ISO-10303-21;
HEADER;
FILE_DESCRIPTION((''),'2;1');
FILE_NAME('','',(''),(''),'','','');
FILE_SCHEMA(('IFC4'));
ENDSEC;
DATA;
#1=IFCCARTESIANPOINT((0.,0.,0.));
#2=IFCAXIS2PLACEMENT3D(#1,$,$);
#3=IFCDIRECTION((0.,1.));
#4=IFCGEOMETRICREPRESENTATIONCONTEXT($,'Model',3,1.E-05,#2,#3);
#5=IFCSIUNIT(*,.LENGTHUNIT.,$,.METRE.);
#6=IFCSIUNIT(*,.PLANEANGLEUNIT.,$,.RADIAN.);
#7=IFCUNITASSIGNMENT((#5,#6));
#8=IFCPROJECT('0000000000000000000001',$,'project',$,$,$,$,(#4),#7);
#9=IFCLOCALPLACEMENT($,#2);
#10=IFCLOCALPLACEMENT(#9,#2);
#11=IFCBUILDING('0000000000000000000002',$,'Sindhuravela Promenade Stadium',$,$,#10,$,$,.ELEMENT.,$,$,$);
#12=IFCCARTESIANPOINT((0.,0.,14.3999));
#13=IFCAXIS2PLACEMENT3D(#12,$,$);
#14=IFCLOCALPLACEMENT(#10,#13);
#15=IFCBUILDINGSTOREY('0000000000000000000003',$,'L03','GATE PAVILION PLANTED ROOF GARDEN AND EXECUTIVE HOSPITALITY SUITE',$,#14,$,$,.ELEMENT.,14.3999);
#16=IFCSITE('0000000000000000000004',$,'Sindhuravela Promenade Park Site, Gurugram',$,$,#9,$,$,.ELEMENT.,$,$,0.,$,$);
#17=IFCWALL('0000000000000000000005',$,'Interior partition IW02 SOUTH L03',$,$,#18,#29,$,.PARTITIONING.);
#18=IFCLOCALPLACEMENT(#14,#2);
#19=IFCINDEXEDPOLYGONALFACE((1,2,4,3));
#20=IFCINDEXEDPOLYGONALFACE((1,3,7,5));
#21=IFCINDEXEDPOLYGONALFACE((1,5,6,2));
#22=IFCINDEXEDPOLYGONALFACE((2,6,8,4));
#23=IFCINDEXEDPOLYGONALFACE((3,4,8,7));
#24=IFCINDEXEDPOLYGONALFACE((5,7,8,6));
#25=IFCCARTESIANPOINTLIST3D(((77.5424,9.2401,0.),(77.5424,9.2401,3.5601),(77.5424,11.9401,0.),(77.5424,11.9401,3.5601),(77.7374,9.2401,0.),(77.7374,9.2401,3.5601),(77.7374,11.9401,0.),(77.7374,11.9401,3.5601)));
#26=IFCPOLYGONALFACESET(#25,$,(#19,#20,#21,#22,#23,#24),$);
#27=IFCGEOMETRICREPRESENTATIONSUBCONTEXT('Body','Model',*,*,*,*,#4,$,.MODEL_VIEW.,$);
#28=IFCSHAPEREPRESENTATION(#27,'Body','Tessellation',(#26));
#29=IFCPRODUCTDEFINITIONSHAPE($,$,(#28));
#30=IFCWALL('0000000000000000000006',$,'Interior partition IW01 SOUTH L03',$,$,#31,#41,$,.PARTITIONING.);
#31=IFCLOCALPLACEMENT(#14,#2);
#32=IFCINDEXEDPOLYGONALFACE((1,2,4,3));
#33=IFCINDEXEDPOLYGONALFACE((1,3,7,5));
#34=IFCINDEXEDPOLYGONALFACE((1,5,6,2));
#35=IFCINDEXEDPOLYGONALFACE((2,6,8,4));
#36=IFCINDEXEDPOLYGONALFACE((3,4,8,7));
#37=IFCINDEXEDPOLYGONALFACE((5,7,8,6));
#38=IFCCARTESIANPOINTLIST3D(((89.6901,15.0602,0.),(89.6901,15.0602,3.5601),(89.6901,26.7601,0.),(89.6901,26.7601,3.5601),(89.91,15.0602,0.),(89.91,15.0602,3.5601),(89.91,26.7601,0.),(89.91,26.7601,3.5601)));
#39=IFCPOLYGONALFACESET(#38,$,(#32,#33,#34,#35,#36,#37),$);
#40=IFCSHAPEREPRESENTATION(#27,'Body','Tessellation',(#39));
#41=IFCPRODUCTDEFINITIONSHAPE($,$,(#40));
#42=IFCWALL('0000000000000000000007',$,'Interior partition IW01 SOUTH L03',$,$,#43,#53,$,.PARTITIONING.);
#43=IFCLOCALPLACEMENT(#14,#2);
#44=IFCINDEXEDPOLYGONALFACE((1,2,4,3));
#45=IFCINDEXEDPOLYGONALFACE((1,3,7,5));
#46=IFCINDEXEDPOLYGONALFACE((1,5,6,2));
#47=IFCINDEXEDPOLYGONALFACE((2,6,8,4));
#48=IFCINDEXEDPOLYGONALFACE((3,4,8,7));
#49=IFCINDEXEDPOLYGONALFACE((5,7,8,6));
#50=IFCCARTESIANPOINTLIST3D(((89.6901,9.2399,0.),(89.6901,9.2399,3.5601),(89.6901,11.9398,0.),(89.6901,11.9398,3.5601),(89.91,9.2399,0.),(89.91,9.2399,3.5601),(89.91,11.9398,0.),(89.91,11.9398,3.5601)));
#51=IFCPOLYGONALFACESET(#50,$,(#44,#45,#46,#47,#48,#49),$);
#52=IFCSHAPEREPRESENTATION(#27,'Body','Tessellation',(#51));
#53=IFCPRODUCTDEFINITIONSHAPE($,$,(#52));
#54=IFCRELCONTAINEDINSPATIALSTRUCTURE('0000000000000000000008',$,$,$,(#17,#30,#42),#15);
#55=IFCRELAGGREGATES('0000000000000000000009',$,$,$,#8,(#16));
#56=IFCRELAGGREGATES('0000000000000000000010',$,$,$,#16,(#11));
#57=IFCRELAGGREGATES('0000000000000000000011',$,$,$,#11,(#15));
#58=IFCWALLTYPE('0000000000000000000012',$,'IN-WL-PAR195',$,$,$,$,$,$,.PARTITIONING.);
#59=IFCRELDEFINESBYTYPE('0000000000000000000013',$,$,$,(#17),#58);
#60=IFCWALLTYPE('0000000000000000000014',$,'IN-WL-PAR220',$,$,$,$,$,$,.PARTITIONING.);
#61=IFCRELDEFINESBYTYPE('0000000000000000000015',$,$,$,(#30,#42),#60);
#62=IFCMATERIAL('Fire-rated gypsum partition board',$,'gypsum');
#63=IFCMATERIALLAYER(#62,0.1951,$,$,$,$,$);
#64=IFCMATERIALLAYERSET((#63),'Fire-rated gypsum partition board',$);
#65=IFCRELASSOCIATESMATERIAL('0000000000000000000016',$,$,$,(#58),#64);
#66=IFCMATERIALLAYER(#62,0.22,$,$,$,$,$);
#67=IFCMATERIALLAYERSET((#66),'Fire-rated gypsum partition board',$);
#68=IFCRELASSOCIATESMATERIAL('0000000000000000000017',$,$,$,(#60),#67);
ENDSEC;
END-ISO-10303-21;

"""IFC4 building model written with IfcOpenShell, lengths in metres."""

from ifc_helpers import new_model, si_unit, direction, frame, frame_2d, origin, place, context, subcontext, project, spatial, rectangle, extrude, material, layer, layer_set, type_object, element, save


model = new_model("IFC4")

# Units and contexts
model_context = context("Model", 3, precision=1e-05, world=origin(), true_north=direction((0.0, 1.0)))
body_context = subcontext(model_context, "Body", "Model", "MODEL_VIEW")
ifc_project = project(units=[si_unit("LENGTHUNIT", "METRE"), si_unit("PLANEANGLEUNIT", "RADIAN")], contexts=[model_context])

# Site, building, storey
site_placement = place(None, origin())
site = spatial("IfcSite", under=ifc_project, at=site_placement, Name="Sindhuravela Promenade Park Site, Gurugram", CompositionType="ELEMENT", RefElevation=0.0)
building_placement = place(site_placement, origin())
building = spatial("IfcBuilding", under=site, at=building_placement, Name="Sindhuravela Promenade Stadium", CompositionType="ELEMENT")
storey_placement = place(building_placement, frame((0.0, 0.0, 14.3999)))
storey = spatial("IfcBuildingStorey", under=building, at=storey_placement, Name="L03", Description="GATE PAVILION PLANTED ROOF GARDEN AND EXECUTIVE HOSPITALITY SUITE", CompositionType="ELEMENT", Elevation=14.3999)

# Shared definitions
ifc_material_1 = material(Name="Fire-rated gypsum partition board", Category="gypsum")

# Shared definitions
ifc_layer_1 = layer(ifc_material_1, 0.1951)
ifc_layer_set_1 = layer_set([ifc_layer_1], Name="Fire-rated gypsum partition board")
wall_type_1 = type_object("IfcWallType", Name="IN-WL-PAR195", PredefinedType="PARTITIONING", material=ifc_layer_set_1)

# Walls
wall_1_placement = place(storey_placement, frame((77.6399, 9.24, 0.0), z_axis=(0.0, 0.0, 1.0), x_axis=(0.0, 1.0, 0.0)))
element("IfcWall", 1, at=wall_1_placement, inside=storey, type_object=wall_type_1, Name="Interior partition IW02 SOUTH L03", PredefinedType="PARTITIONING", context=body_context, shape_type="SweptSolid", body=[
    extrude(rectangle(XDim=2.7, YDim=0.1951, at=frame_2d((1.3501, 0.0))), origin(), (0.0, 0.0, 1.0), 3.5601),
])
ifc_layer_2 = layer(ifc_material_1, 0.22)
ifc_layer_set_2 = layer_set([ifc_layer_2], Name="Fire-rated gypsum partition board")
wall_type_2 = type_object("IfcWallType", Name="IN-WL-PAR220", PredefinedType="PARTITIONING", material=ifc_layer_set_2)
wall_2_placement = place(storey_placement, frame((89.8, 15.0601, 0.0), z_axis=(0.0, 0.0, 1.0), x_axis=(0.0, 1.0, 0.0)))
element("IfcWall", 2, at=wall_2_placement, inside=storey, type_object=wall_type_2, Name="Interior partition IW01 SOUTH L03", PredefinedType="PARTITIONING", context=body_context, shape_type="SweptSolid", body=[
    extrude(rectangle(XDim=11.7, YDim=0.22, at=frame_2d((5.8501, 0.0))), origin(), (0.0, 0.0, 1.0), 3.5601),
])
wall_3_placement = place(storey_placement, frame((89.8, 11.9399, 0.0), z_axis=(0.0, 0.0, 1.0), x_axis=(0.0, -1.0, 0.0)))
element("IfcWall", 3, at=wall_3_placement, inside=storey, type_object=wall_type_2, Name="Interior partition IW01 SOUTH L03", PredefinedType="PARTITIONING", context=body_context, shape_type="SweptSolid", body=[
    extrude(rectangle(XDim=2.7, YDim=0.22, at=frame_2d((1.3501, 0.0))), origin(), (0.0, 0.0, 1.0), 3.5601),
])

save(model, "model.ifc")
